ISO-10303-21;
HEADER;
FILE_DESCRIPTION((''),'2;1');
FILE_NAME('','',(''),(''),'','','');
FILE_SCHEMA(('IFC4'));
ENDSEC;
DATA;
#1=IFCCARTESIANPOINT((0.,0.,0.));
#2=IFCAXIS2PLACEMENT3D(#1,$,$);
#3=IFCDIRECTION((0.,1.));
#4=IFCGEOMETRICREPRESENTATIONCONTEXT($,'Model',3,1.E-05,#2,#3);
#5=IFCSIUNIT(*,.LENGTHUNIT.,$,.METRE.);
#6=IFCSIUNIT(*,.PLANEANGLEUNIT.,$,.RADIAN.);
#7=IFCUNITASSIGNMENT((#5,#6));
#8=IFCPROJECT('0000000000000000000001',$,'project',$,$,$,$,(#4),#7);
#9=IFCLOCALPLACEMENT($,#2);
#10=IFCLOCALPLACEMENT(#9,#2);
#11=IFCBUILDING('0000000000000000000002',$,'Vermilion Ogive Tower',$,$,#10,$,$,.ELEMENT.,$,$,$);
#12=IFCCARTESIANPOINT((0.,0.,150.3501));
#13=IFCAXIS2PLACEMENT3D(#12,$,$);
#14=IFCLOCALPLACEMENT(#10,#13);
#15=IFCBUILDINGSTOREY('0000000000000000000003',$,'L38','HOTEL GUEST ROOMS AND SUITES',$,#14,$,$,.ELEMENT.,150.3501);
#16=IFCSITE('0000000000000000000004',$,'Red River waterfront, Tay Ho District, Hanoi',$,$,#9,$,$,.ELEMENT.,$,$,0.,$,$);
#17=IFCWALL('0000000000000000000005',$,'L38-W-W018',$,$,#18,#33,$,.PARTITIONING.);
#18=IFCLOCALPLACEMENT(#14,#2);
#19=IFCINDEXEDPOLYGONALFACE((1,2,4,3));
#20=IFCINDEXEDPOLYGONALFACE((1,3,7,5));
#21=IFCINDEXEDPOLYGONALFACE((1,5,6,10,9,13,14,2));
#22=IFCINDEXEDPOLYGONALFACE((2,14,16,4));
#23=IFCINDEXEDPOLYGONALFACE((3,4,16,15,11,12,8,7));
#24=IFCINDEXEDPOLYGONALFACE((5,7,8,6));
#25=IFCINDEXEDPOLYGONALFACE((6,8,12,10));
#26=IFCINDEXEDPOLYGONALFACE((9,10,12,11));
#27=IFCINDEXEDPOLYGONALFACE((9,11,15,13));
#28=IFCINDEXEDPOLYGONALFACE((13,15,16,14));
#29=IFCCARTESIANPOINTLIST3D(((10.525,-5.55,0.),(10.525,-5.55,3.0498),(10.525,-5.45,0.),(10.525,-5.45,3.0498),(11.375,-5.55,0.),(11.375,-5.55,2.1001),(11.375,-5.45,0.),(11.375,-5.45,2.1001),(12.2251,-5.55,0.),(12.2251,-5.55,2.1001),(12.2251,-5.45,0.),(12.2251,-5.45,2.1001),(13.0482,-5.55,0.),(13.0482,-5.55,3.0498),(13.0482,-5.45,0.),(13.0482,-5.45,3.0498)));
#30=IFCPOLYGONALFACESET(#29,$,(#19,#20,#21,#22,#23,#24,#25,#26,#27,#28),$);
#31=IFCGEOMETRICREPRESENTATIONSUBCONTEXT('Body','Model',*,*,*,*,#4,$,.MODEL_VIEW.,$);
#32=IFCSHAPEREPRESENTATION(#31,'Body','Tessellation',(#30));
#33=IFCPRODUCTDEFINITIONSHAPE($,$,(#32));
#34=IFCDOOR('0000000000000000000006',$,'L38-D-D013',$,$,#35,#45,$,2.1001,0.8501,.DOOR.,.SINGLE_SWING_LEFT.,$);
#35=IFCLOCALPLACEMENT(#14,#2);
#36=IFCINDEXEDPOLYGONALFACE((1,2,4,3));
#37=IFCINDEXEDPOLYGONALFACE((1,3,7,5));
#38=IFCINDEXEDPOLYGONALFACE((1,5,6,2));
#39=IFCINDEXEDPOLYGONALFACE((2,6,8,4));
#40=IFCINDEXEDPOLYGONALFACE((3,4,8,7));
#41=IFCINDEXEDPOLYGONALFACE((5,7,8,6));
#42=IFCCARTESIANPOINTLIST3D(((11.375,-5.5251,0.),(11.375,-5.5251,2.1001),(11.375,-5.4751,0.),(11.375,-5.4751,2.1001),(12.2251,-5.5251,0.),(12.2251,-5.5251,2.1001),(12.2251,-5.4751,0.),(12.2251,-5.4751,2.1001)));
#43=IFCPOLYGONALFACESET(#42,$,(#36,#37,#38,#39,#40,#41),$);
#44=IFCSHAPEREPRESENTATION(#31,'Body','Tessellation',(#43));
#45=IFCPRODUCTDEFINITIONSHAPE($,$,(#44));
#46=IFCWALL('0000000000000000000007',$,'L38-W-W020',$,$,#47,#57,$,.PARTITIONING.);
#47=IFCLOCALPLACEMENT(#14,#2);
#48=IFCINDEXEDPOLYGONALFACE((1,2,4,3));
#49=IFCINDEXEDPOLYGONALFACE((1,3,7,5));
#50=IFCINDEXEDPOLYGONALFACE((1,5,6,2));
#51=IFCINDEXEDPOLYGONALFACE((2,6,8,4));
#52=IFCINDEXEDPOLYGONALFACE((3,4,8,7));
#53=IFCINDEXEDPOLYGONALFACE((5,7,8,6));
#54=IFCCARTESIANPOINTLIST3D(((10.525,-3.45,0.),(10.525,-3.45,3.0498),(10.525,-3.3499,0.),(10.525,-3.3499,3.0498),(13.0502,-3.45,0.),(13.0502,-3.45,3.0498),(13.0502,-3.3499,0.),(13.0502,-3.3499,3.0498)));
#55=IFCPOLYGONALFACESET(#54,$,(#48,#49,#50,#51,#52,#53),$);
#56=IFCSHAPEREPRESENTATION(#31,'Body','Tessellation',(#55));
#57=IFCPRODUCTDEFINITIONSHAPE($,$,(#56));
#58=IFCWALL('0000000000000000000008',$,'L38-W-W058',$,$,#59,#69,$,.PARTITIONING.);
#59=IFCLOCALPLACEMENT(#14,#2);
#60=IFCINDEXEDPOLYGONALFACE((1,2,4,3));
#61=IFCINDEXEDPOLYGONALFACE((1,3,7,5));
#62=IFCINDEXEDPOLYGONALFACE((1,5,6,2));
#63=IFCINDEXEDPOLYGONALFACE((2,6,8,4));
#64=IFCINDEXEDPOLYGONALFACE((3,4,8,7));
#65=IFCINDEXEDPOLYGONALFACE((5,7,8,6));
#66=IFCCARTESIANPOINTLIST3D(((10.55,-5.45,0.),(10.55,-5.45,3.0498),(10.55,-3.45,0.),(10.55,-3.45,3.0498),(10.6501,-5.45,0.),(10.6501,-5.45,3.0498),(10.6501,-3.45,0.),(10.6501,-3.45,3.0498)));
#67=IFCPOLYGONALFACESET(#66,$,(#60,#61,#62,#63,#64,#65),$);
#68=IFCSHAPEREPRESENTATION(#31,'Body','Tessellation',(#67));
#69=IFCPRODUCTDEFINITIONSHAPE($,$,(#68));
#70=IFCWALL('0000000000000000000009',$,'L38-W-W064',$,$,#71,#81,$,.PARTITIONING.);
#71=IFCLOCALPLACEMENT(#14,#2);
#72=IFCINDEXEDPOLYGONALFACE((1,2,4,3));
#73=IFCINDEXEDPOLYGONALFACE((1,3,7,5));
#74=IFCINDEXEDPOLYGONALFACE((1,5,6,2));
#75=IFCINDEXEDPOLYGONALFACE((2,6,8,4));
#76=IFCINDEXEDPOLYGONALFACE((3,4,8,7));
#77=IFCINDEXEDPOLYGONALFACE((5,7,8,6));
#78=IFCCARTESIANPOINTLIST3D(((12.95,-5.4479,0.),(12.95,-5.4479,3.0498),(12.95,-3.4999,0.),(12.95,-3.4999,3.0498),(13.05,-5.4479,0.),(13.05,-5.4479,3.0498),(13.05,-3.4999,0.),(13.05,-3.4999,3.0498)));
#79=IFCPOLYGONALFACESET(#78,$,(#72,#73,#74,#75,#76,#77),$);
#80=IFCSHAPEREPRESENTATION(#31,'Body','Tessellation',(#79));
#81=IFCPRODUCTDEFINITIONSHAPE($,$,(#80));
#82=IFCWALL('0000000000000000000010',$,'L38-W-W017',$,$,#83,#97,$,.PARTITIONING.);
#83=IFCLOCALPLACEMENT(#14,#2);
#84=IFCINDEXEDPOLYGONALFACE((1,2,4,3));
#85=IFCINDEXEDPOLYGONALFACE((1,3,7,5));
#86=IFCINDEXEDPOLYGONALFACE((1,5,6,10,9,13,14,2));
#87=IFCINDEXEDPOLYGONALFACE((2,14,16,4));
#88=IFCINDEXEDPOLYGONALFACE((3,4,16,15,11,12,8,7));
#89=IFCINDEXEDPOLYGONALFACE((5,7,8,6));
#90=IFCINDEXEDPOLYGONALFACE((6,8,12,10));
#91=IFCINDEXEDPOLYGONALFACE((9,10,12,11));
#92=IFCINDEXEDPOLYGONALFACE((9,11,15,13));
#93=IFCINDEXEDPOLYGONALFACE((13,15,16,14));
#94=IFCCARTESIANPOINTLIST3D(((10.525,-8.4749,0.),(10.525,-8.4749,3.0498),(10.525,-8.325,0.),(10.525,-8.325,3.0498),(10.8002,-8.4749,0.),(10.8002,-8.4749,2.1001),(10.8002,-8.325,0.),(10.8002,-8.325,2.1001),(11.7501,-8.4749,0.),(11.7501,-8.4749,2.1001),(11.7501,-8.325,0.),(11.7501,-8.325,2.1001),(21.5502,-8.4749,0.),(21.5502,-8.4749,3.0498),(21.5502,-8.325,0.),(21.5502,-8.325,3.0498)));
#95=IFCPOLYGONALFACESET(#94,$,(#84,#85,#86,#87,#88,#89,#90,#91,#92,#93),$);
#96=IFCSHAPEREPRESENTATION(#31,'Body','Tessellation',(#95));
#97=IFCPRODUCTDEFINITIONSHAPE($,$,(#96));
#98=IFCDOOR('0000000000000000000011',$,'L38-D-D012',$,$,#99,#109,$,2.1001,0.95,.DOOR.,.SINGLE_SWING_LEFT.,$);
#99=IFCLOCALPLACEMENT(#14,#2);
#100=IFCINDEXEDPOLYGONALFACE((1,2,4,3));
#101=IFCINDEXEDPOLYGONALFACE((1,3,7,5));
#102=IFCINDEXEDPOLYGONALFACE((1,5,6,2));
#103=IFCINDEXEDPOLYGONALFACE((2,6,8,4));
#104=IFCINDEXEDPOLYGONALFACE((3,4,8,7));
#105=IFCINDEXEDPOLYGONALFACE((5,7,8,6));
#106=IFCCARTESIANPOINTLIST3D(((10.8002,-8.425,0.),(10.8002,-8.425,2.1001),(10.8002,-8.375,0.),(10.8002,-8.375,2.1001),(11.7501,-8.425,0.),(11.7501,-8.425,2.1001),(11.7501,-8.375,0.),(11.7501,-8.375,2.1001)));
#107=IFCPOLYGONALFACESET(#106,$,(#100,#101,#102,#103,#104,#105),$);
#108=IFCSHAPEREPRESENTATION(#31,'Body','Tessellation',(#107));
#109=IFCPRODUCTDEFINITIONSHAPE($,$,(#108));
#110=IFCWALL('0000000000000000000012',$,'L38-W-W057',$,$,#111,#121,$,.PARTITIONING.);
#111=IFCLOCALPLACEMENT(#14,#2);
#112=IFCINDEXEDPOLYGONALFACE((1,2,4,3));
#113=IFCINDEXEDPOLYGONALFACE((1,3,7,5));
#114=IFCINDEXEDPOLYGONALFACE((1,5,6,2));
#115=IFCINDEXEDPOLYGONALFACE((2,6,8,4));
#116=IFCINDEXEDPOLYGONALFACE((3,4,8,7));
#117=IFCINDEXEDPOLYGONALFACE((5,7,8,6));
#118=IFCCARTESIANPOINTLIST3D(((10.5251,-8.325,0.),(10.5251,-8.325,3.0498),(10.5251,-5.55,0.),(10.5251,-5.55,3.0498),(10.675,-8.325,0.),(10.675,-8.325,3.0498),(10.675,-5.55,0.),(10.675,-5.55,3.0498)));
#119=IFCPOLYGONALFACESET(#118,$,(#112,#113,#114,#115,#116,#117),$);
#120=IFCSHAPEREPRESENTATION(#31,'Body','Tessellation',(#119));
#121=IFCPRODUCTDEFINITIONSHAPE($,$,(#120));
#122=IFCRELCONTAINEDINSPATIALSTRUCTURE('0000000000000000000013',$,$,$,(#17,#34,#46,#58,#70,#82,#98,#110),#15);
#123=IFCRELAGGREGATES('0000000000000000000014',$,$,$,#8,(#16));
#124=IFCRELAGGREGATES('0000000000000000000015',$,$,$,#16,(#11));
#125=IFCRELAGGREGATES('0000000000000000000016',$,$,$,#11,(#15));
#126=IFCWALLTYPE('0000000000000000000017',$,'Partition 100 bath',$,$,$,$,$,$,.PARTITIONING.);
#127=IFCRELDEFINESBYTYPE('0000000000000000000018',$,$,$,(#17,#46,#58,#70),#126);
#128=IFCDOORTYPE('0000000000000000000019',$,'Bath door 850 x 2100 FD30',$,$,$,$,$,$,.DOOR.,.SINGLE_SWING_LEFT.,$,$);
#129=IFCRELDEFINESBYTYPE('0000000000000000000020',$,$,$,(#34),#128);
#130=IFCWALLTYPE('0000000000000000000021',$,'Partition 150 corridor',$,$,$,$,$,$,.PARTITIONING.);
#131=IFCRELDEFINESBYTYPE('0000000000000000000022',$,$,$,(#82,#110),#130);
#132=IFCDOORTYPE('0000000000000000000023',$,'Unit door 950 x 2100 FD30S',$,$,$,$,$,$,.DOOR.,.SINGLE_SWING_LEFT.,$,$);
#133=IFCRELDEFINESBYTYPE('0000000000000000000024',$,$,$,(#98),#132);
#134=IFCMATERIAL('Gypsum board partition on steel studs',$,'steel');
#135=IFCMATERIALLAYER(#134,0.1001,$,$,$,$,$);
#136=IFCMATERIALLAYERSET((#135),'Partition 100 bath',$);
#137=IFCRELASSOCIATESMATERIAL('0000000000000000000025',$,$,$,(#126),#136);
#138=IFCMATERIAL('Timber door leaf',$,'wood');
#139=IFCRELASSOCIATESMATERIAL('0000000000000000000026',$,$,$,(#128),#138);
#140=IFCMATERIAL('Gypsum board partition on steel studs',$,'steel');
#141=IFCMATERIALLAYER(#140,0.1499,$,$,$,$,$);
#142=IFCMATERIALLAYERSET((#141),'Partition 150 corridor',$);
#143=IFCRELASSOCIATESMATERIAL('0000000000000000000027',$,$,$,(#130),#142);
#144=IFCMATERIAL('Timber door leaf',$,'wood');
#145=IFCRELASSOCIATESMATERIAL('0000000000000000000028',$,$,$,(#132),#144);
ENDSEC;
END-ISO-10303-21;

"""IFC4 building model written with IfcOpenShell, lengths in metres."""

from ifc_helpers import new_model, si_unit, direction, frame, frame_2d, origin, place, context, subcontext, project, spatial, rectangle, extrude, material, layer, layer_set, type_object, element, fill, save


model = new_model("IFC4")

# Units and contexts
model_context = context("Model", 3, precision=1e-05, world=origin(), true_north=direction((0.0, 1.0)))
body_context = subcontext(model_context, "Body", "Model", "MODEL_VIEW")
ifc_project = project(units=[si_unit("LENGTHUNIT", "METRE"), si_unit("PLANEANGLEUNIT", "RADIAN")], contexts=[model_context])

# Site, building, storey
site_placement = place(None, origin())
site = spatial("IfcSite", under=ifc_project, at=site_placement, Name="Red River waterfront, Tay Ho District, Hanoi", CompositionType="ELEMENT", RefElevation=0.0)
building_placement = place(site_placement, origin())
building = spatial("IfcBuilding", under=site, at=building_placement, Name="Vermilion Ogive Tower", CompositionType="ELEMENT")
storey_placement = place(building_placement, frame((0.0, 0.0, 150.3501)))
storey = spatial("IfcBuildingStorey", under=building, at=storey_placement, Name="L38", Description="HOTEL GUEST ROOMS AND SUITES", CompositionType="ELEMENT", Elevation=150.3501)

# Wall, opening, door
ifc_material_1 = material(Name="Gypsum board partition on steel studs", Category="steel")
ifc_layer_1 = layer(ifc_material_1, 0.1001)
ifc_layer_set_1 = layer_set([ifc_layer_1], Name="Partition 100 bath")
wall_type_1 = type_object("IfcWallType", Name="Partition 100 bath", PredefinedType="PARTITIONING", material=ifc_layer_set_1)
wall_1_placement = place(storey_placement, frame((10.5249, -5.5, 0.0), z_axis=(0.0, 0.0, 1.0), x_axis=(1.0, 0.0, 0.0)))
wall_1 = element("IfcWall", 1, at=wall_1_placement, inside=storey, type_object=wall_type_1, Name="L38-W-W018", PredefinedType="PARTITIONING", context=body_context, shape_type="SweptSolid", body=[
    extrude(rectangle(XDim=2.5232, YDim=0.1001, at=frame_2d((1.2617, 0.0))), origin(), (0.0, 0.0, 1.0), 3.0498),
])
opening_1_placement = place(wall_1_placement, frame((0.8501, 0.0, 0.0)))
opening_1 = element("IfcOpeningElement", 2, at=opening_1_placement, cuts=wall_1, PredefinedType="OPENING", context=body_context, shape_type="SweptSolid", body=[
    extrude(rectangle(XDim=0.8501, YDim=2.1001, at=frame_2d((0.425, 1.05))), frame((0.0, 0.0601, 0.0), z_axis=(0.0, -1.0, 0.0), x_axis=(1.0, 0.0, 0.0)), (0.0, 0.0, 1.0), 0.1201),
])
ifc_material_2 = material(Name="Timber door leaf", Category="wood")
door_type_1 = type_object("IfcDoorType", Name="Bath door 850 x 2100 FD30", OperationType="SINGLE_SWING_LEFT", PredefinedType="DOOR", material=ifc_material_2)
door_1_placement = place(opening_1_placement, origin())
door_1 = element("IfcDoor", 3, at=door_1_placement, inside=storey, type_object=door_type_1, Name="L38-D-D013", OperationType="SINGLE_SWING_LEFT", OverallHeight=2.1001, OverallWidth=0.8501, PredefinedType="DOOR", context=body_context, shape_type="SweptSolid", body=[
    extrude(rectangle(XDim=0.8501, YDim=2.1001, at=frame_2d((0.425, 1.05))), frame((0.0, 0.0249, 0.0), z_axis=(0.0, -1.0, 0.0), x_axis=(1.0, 0.0, 0.0)), (0.0, 0.0, 1.0), 0.05),
])
fill(opening_1, door_1)

# Walls
wall_2_placement = place(storey_placement, frame((10.5249, -3.3999, 0.0), z_axis=(0.0, 0.0, 1.0), x_axis=(1.0, 0.0, 0.0)))
element("IfcWall", 4, at=wall_2_placement, inside=storey, type_object=wall_type_1, Name="L38-W-W020", PredefinedType="PARTITIONING", context=body_context, shape_type="SweptSolid", body=[
    extrude(rectangle(XDim=2.5251, YDim=0.1001, at=frame_2d((1.2627, 0.0))), origin(), (0.0, 0.0, 1.0), 3.0498),
])
wall_3_placement = place(storey_placement, frame((10.6001, -5.45, 0.0), z_axis=(0.0, 0.0, 1.0), x_axis=(0.0, 1.0, 0.0)))
element("IfcWall", 5, at=wall_3_placement, inside=storey, type_object=wall_type_1, Name="L38-W-W058", PredefinedType="PARTITIONING", context=body_context, shape_type="SweptSolid", body=[
    extrude(rectangle(XDim=2.0, YDim=0.1001, at=frame_2d((1.0, 0.0))), origin(), (0.0, 0.0, 1.0), 3.0498),
])
wall_4_placement = place(storey_placement, frame((13.0, -5.448, 0.0), z_axis=(0.0, 0.0, 1.0), x_axis=(0.0, 1.0, 0.0)))
element("IfcWall", 6, at=wall_4_placement, inside=storey, type_object=wall_type_1, Name="L38-W-W064", PredefinedType="PARTITIONING", context=body_context, shape_type="SweptSolid", body=[
    extrude(rectangle(XDim=1.948, YDim=0.1001, at=frame_2d((0.9741, 0.0))), origin(), (0.0, 0.0, 1.0), 3.0498),
])

# Wall, opening, door
ifc_material_3 = material(Name="Gypsum board partition on steel studs", Category="steel")
ifc_layer_2 = layer(ifc_material_3, 0.1499)
ifc_layer_set_2 = layer_set([ifc_layer_2], Name="Partition 150 corridor")
wall_type_2 = type_object("IfcWallType", Name="Partition 150 corridor", PredefinedType="PARTITIONING", material=ifc_layer_set_2)
wall_5_placement = place(storey_placement, frame((10.5249, -8.3999, 0.0), z_axis=(0.0, 0.0, 1.0), x_axis=(1.0, 0.0, 0.0)))
wall_5 = element("IfcWall", 7, at=wall_5_placement, inside=storey, type_object=wall_type_2, Name="L38-W-W017", PredefinedType="PARTITIONING", context=body_context, shape_type="SweptSolid", body=[
    extrude(rectangle(XDim=11.0251, YDim=0.1499, at=frame_2d((5.5127, 0.0))), origin(), (0.0, 0.0, 1.0), 3.0498),
])
opening_2_placement = place(wall_5_placement, frame((0.2751, 0.0, 0.0)))
opening_2 = element("IfcOpeningElement", 8, at=opening_2_placement, cuts=wall_5, PredefinedType="OPENING", context=body_context, shape_type="SweptSolid", body=[
    extrude(rectangle(XDim=0.95, YDim=2.1001, at=frame_2d((0.4751, 1.05))), frame((0.0, 0.085, 0.0), z_axis=(0.0, -1.0, 0.0), x_axis=(1.0, 0.0, 0.0)), (0.0, 0.0, 1.0), 0.1699),
])
ifc_material_4 = material(Name="Timber door leaf", Category="wood")
door_type_2 = type_object("IfcDoorType", Name="Unit door 950 x 2100 FD30S", OperationType="SINGLE_SWING_LEFT", PredefinedType="DOOR", material=ifc_material_4)
door_2_placement = place(opening_2_placement, origin())
door_2 = element("IfcDoor", 9, at=door_2_placement, inside=storey, type_object=door_type_2, Name="L38-D-D012", OperationType="SINGLE_SWING_LEFT", OverallHeight=2.1001, OverallWidth=0.95, PredefinedType="DOOR", context=body_context, shape_type="SweptSolid", body=[
    extrude(rectangle(XDim=0.95, YDim=2.1001, at=frame_2d((0.4751, 1.05))), frame((0.0, 0.0249, 0.0), z_axis=(0.0, -1.0, 0.0), x_axis=(1.0, 0.0, 0.0)), (0.0, 0.0, 1.0), 0.05),
])
fill(opening_2, door_2)

# Wall
wall_6_placement = place(storey_placement, frame((10.6001, -8.325, 0.0), z_axis=(0.0, 0.0, 1.0), x_axis=(0.0, 1.0, 0.0)))
element("IfcWall", 10, at=wall_6_placement, inside=storey, type_object=wall_type_2, Name="L38-W-W057", PredefinedType="PARTITIONING", context=body_context, shape_type="SweptSolid", body=[
    extrude(rectangle(XDim=2.7749, YDim=0.1499, at=frame_2d((1.3875, 0.0))), origin(), (0.0, 0.0, 1.0), 3.0498),
])

save(model, "model.ifc")
